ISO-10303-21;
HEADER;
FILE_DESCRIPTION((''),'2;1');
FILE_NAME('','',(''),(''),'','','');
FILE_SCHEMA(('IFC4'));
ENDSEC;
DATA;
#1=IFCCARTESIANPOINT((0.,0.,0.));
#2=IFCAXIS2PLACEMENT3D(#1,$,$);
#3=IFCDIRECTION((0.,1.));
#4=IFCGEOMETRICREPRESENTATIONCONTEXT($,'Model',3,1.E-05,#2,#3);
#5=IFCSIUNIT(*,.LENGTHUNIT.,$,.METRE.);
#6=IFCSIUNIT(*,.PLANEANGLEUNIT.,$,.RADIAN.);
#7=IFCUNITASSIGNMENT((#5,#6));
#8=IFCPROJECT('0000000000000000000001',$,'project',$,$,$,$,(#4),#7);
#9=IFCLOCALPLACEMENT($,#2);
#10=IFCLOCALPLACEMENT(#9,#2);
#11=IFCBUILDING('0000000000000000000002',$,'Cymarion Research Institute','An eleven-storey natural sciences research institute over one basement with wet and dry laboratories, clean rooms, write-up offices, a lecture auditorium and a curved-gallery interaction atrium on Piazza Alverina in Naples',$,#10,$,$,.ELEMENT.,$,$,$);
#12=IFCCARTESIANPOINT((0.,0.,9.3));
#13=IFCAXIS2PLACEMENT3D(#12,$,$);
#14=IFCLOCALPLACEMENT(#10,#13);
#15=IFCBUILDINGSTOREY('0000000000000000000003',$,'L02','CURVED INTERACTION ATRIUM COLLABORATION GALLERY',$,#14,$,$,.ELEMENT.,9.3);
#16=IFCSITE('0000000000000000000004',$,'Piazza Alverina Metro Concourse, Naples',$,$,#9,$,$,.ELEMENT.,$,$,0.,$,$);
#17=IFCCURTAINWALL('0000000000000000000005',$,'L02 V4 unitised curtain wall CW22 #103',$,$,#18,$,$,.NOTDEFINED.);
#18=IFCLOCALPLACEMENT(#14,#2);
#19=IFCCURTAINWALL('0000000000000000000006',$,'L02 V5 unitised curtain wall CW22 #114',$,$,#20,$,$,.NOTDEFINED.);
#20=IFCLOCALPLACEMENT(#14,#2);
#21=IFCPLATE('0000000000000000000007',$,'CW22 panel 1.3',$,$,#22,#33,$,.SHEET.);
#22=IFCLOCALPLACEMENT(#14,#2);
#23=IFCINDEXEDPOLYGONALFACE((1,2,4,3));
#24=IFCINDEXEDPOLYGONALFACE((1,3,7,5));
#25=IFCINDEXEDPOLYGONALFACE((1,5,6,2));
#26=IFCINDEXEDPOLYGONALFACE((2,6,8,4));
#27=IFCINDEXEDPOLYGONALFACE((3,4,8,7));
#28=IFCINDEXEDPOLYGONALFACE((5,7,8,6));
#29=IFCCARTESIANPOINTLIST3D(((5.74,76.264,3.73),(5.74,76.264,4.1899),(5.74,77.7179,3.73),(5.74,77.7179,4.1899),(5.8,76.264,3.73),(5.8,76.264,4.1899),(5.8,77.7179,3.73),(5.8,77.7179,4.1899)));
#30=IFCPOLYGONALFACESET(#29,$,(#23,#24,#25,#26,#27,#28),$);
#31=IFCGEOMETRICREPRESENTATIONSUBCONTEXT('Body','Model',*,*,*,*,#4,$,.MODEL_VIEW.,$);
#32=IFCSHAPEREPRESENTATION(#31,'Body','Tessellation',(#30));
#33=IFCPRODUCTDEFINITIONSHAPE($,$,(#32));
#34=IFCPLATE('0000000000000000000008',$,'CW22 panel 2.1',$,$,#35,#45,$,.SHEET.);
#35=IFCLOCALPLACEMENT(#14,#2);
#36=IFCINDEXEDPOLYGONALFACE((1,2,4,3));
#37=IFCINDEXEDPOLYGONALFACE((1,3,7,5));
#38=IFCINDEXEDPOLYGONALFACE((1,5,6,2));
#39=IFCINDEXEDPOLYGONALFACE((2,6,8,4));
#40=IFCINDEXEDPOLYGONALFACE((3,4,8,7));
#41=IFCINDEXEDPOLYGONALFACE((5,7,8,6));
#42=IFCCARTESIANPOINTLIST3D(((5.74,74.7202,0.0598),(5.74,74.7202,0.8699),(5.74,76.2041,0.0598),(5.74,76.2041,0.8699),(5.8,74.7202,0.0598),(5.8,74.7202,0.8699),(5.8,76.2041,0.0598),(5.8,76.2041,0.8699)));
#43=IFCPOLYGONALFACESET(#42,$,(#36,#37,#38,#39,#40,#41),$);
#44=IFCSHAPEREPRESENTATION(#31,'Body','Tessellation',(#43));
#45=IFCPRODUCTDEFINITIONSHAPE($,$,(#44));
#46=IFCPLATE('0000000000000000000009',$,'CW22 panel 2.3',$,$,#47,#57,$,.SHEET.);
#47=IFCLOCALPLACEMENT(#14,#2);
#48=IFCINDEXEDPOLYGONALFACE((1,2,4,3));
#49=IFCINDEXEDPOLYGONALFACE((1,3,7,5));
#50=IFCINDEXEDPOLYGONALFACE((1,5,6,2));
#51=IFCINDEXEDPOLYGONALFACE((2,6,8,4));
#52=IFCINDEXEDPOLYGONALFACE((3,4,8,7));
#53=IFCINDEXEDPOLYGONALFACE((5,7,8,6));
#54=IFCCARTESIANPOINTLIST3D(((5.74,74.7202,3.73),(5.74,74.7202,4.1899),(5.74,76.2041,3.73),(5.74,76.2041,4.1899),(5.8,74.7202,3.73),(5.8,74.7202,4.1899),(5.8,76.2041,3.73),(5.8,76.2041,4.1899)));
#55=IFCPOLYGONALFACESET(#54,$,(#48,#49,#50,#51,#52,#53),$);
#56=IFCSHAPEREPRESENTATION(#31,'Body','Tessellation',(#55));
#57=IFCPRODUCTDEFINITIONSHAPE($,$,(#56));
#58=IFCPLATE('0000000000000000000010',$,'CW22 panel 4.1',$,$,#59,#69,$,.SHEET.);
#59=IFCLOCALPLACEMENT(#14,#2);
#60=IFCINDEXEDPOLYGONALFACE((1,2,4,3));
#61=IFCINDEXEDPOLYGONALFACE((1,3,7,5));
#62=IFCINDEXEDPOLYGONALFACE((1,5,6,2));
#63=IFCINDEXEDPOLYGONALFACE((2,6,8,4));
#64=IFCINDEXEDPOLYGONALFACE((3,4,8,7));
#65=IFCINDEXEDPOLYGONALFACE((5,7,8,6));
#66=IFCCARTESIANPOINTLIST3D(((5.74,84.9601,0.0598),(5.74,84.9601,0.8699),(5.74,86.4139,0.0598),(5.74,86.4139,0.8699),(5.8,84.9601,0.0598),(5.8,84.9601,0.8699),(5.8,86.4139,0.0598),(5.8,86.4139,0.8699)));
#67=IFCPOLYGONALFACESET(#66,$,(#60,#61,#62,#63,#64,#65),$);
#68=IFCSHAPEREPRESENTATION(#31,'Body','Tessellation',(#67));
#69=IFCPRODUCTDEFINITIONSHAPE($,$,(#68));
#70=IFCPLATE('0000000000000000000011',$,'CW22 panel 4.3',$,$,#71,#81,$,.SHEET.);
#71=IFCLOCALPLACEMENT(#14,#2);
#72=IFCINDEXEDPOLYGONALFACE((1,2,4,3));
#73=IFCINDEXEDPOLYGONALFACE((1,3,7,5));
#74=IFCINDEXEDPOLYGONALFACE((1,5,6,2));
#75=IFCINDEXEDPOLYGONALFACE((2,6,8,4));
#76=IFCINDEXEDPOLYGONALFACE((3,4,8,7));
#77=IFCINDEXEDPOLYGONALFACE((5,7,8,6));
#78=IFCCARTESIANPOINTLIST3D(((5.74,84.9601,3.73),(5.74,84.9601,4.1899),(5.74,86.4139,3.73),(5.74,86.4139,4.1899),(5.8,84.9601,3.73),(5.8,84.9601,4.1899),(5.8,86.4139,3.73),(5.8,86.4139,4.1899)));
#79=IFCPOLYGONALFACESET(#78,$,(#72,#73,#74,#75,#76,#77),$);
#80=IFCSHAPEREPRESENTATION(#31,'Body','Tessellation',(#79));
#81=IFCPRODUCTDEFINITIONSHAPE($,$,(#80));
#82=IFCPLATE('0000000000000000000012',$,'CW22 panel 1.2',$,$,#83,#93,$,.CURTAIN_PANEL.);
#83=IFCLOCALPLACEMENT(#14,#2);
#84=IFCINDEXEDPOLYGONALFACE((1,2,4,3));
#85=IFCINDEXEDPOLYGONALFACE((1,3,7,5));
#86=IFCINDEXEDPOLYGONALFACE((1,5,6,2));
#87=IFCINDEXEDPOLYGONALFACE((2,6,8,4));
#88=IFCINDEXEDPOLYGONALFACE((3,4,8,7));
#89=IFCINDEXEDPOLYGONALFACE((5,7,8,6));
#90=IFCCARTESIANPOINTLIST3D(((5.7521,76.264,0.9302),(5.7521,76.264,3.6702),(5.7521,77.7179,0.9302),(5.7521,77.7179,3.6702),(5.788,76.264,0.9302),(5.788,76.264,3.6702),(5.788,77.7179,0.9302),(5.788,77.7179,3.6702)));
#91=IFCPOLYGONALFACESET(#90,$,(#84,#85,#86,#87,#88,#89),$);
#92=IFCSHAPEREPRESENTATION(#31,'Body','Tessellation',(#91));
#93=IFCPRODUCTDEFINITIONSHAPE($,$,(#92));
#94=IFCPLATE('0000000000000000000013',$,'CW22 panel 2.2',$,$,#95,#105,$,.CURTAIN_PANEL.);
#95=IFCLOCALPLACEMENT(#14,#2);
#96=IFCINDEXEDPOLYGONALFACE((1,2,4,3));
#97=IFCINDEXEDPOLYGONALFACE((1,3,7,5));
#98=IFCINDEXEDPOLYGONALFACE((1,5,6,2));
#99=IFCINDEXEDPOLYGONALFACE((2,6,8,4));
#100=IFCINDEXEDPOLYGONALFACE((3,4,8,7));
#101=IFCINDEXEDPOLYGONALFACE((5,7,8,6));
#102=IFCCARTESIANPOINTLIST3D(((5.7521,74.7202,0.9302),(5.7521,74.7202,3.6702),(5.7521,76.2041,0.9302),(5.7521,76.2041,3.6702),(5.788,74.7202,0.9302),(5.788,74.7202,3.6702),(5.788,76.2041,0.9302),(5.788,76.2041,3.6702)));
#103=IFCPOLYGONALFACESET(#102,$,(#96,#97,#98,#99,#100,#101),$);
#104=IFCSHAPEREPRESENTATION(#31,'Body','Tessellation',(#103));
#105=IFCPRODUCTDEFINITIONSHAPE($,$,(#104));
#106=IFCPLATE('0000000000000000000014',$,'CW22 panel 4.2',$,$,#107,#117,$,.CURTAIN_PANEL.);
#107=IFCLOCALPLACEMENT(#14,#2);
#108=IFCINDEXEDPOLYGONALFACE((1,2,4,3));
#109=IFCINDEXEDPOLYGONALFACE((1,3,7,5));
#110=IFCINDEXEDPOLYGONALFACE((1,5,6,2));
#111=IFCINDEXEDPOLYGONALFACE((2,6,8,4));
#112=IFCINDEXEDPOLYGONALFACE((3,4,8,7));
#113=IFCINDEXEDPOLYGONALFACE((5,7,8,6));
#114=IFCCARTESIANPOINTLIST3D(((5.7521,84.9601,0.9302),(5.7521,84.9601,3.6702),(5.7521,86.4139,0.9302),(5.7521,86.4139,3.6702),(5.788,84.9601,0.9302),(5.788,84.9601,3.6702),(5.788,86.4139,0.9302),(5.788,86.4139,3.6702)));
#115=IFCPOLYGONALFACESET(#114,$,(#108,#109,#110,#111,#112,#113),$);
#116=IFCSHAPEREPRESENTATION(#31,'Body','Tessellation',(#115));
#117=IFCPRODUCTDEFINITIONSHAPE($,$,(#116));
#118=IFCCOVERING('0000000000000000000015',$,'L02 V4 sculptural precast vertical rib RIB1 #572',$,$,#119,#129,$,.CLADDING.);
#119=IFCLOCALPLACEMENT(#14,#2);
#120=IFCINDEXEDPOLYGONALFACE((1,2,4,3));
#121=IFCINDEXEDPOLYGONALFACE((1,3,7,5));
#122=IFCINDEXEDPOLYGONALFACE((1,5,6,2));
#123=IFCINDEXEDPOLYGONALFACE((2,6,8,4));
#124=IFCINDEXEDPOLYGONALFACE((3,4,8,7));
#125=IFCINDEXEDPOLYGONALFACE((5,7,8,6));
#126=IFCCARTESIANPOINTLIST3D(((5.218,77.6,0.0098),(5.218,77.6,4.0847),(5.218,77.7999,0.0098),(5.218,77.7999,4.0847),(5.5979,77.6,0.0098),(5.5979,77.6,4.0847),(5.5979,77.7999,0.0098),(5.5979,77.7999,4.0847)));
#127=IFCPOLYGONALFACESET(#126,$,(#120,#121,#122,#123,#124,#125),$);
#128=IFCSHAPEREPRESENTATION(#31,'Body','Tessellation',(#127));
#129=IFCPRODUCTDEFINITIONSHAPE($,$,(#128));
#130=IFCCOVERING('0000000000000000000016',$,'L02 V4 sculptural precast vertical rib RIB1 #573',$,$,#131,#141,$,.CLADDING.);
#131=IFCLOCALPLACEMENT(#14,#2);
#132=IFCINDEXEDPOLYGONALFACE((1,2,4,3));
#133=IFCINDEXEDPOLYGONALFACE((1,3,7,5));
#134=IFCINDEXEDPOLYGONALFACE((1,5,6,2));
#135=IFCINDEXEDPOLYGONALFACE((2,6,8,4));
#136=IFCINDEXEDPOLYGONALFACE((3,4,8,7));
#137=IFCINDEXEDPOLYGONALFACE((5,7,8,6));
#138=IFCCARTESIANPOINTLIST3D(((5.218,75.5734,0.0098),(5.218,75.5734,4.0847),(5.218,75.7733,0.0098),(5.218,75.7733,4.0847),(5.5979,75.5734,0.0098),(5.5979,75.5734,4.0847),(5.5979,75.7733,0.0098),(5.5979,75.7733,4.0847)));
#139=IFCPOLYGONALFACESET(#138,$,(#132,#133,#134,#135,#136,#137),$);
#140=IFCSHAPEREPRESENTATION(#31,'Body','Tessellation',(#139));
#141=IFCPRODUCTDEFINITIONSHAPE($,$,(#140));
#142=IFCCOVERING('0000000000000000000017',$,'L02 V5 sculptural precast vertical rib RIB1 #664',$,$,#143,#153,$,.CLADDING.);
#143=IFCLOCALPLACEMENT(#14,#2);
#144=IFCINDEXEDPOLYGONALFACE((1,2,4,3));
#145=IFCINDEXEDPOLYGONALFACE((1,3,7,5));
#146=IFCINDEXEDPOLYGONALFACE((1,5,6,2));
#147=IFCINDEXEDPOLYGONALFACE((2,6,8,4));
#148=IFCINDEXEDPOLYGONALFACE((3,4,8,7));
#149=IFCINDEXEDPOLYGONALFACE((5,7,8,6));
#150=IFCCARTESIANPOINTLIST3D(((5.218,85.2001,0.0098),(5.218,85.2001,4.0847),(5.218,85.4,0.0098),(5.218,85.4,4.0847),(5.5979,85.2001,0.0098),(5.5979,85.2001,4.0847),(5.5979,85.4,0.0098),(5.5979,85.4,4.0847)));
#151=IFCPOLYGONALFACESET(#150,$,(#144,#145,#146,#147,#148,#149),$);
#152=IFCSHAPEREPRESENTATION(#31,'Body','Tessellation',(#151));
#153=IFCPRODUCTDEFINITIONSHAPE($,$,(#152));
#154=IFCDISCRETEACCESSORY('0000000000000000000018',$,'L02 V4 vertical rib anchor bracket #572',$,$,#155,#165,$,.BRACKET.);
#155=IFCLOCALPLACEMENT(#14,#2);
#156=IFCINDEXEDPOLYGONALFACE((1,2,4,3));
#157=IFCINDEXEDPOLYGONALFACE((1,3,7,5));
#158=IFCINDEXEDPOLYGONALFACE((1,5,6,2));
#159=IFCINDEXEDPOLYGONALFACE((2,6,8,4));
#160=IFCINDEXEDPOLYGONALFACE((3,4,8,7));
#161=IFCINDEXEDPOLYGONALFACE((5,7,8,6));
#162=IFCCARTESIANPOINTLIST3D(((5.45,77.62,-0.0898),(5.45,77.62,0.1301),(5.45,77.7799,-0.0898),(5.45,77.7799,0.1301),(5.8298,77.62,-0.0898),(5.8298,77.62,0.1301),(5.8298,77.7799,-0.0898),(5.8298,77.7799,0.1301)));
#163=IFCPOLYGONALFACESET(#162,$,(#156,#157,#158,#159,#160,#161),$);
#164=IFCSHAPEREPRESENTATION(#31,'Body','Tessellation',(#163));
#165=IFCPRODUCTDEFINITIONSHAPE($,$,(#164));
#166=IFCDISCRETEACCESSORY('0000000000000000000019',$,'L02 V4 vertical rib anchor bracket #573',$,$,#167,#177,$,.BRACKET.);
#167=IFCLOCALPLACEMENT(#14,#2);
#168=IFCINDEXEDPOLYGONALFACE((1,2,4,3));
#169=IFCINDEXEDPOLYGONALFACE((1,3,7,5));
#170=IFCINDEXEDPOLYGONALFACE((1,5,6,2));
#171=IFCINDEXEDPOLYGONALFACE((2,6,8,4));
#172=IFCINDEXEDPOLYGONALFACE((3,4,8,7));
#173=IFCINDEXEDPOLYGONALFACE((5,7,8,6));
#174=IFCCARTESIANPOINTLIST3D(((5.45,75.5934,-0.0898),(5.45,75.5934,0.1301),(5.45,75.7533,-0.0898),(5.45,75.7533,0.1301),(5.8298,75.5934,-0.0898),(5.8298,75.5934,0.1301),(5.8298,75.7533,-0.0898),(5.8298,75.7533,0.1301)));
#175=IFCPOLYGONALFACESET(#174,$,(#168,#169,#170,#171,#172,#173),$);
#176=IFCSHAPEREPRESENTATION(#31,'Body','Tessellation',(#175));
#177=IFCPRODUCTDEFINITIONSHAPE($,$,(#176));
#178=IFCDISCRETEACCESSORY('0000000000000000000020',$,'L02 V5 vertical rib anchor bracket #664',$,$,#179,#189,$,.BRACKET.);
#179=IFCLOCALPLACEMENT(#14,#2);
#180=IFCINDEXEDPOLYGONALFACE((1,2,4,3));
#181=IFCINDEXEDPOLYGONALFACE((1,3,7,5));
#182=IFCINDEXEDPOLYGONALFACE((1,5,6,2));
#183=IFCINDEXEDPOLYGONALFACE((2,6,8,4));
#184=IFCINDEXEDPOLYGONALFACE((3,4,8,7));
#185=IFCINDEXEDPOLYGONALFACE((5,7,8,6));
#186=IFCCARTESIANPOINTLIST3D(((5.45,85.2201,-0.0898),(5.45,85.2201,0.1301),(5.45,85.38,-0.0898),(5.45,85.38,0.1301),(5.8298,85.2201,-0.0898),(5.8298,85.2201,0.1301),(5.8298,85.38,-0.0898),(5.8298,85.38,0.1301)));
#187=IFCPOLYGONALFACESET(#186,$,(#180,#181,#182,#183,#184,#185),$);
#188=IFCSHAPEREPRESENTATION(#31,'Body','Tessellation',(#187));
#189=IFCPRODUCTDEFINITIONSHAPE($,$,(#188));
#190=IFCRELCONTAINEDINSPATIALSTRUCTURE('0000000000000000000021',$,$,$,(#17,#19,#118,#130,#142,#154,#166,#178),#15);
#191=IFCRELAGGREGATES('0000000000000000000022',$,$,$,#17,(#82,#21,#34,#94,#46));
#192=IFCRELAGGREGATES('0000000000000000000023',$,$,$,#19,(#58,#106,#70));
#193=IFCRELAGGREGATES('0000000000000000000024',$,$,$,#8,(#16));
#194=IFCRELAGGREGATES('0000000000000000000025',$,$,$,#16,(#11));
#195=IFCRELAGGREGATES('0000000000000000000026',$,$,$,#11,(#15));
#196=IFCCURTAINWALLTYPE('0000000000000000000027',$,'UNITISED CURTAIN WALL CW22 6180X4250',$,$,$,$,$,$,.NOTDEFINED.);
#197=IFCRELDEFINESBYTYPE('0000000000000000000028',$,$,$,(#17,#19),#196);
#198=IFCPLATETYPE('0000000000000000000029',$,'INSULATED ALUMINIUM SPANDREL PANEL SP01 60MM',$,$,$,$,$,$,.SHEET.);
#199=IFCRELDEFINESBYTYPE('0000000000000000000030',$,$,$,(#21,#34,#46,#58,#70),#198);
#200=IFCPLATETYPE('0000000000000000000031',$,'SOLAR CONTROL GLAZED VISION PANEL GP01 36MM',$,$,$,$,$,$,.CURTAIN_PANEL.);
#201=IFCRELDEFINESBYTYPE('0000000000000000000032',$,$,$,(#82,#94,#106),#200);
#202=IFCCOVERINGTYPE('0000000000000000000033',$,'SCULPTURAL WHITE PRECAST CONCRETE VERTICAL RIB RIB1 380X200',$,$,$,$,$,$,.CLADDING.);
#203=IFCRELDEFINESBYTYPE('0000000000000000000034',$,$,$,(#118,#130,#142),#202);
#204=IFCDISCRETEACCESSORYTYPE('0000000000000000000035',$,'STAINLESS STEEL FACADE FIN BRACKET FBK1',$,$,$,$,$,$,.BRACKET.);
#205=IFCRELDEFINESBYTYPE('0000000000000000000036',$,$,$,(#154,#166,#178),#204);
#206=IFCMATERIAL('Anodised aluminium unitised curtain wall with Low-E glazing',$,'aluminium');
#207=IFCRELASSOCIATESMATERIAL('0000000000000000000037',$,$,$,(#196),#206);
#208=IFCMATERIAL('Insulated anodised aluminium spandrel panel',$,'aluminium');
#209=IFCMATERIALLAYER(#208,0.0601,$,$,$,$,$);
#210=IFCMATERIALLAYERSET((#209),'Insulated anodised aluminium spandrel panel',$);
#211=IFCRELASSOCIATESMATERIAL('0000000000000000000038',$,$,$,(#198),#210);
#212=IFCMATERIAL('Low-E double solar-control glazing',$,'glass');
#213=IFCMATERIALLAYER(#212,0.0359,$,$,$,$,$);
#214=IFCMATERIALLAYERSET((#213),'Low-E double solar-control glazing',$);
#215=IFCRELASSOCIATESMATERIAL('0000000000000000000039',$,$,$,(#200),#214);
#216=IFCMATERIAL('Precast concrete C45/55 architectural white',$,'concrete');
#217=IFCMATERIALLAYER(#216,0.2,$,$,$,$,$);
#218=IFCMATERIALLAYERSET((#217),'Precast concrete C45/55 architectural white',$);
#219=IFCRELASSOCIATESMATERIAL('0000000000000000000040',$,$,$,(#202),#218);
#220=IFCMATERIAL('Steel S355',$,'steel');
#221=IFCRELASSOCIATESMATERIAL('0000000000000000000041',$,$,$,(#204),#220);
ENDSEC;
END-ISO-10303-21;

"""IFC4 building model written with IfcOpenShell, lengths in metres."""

from ifc_helpers import new_model, si_unit, direction, frame, origin, origin_2d, place, context, subcontext, project, spatial, rectangle, extrude, material, layer, layer_set, type_object, element, aggregate, save


model = new_model("IFC4")

# Units and contexts
model_context = context("Model", 3, precision=1e-05, world=origin(), true_north=direction((0.0, 1.0)))
body_context = subcontext(model_context, "Body", "Model", "MODEL_VIEW")
ifc_project = project(units=[si_unit("LENGTHUNIT", "METRE"), si_unit("PLANEANGLEUNIT", "RADIAN")], contexts=[model_context])

# Site, building, storey
site_placement = place(None, origin())
site = spatial("IfcSite", under=ifc_project, at=site_placement, Name="Piazza Alverina Metro Concourse, Naples", CompositionType="ELEMENT", RefElevation=0.0)
building_placement = place(site_placement, origin())
building = spatial("IfcBuilding", under=site, at=building_placement, Name="Cymarion Research Institute", Description="An eleven-storey natural sciences research institute over one basement with wet and dry laboratories, clean rooms, write-up offices, a lecture auditorium and a curved-gallery interaction atrium on Piazza Alverina in Naples", CompositionType="ELEMENT")
storey_placement = place(building_placement, frame((0.0, 0.0, 9.3)))
storey = spatial("IfcBuildingStorey", under=building, at=storey_placement, Name="L02", Description="CURVED INTERACTION ATRIUM COLLABORATION GALLERY", CompositionType="ELEMENT", Elevation=9.3)

# Curtain wall
ifc_material_1 = material(Name="Anodised aluminium unitised curtain wall with Low-E glazing", Category="aluminium")
curtain_wall_type = type_object("IfcCurtainWallType", Name="UNITISED CURTAIN WALL CW22 6180X4250", PredefinedType="NOTDEFINED", material=ifc_material_1)
curtain_wall_1_placement = place(storey_placement, origin())
curtain_wall_1 = element("IfcCurtainWall", 1, at=curtain_wall_1_placement, inside=storey, type_object=curtain_wall_type, Name="L02 V4 unitised curtain wall CW22 #103", PredefinedType="NOTDEFINED")

# Curtain wall
curtain_wall_2_placement = place(storey_placement, origin())
curtain_wall_2 = element("IfcCurtainWall", 2, at=curtain_wall_2_placement, inside=storey, type_object=curtain_wall_type, Name="L02 V5 unitised curtain wall CW22 #114", PredefinedType="NOTDEFINED")

# Plates
ifc_material_2 = material(Name="Insulated anodised aluminium spandrel panel", Category="aluminium")
ifc_layer_1 = layer(ifc_material_2, 0.0601)
ifc_layer_set_1 = layer_set([ifc_layer_1], Name="Insulated anodised aluminium spandrel panel")
plate_type_1 = type_object("IfcPlateType", Name="INSULATED ALUMINIUM SPANDREL PANEL SP01 60MM", PredefinedType="SHEET", material=ifc_layer_set_1)
plate_1_placement = place(storey_placement, frame((5.77, 76.991, 3.73), z_axis=(0.0, 0.0, 1.0), x_axis=(0.0, -1.0, 0.0)))
plate_1 = element("IfcPlate", 3, at=plate_1_placement, type_object=plate_type_1, Name="CW22 panel 1.3", PredefinedType="SHEET", context=body_context, shape_type="SweptSolid", body=[
    extrude(rectangle(XDim=1.4539, YDim=0.0601, at=origin_2d()), origin(), (0.0, 0.0, 1.0), 0.46),
])
plate_2_placement = place(storey_placement, frame((5.77, 75.4622, 0.0598), z_axis=(0.0, 0.0, 1.0), x_axis=(0.0, -1.0, 0.0)))
plate_2 = element("IfcPlate", 4, at=plate_2_placement, type_object=plate_type_1, Name="CW22 panel 2.1", PredefinedType="SHEET", context=body_context, shape_type="SweptSolid", body=[
    extrude(rectangle(XDim=1.4839, YDim=0.0601, at=origin_2d()), origin(), (0.0, 0.0, 1.0), 0.8101),
])
plate_3_placement = place(storey_placement, frame((5.77, 75.4622, 3.73), z_axis=(0.0, 0.0, 1.0), x_axis=(0.0, -1.0, 0.0)))
plate_3 = element("IfcPlate", 5, at=plate_3_placement, type_object=plate_type_1, Name="CW22 panel 2.3", PredefinedType="SHEET", context=body_context, shape_type="SweptSolid", body=[
    extrude(rectangle(XDim=1.4839, YDim=0.0601, at=origin_2d()), origin(), (0.0, 0.0, 1.0), 0.46),
])
plate_4_placement = place(storey_placement, frame((5.77, 85.687, 0.0598), z_axis=(0.0, 0.0, 1.0), x_axis=(0.0, -1.0, 0.0)))
plate_4 = element("IfcPlate", 6, at=plate_4_placement, type_object=plate_type_1, Name="CW22 panel 4.1", PredefinedType="SHEET", context=body_context, shape_type="SweptSolid", body=[
    extrude(rectangle(XDim=1.4539, YDim=0.0601, at=origin_2d()), origin(), (0.0, 0.0, 1.0), 0.8101),
])
plate_5_placement = place(storey_placement, frame((5.77, 85.687, 3.73), z_axis=(0.0, 0.0, 1.0), x_axis=(0.0, -1.0, 0.0)))
plate_5 = element("IfcPlate", 7, at=plate_5_placement, type_object=plate_type_1, Name="CW22 panel 4.3", PredefinedType="SHEET", context=body_context, shape_type="SweptSolid", body=[
    extrude(rectangle(XDim=1.4539, YDim=0.0601, at=origin_2d()), origin(), (0.0, 0.0, 1.0), 0.46),
])
ifc_material_3 = material(Name="Low-E double solar-control glazing", Category="glass")
ifc_layer_2 = layer(ifc_material_3, 0.0359)
ifc_layer_set_2 = layer_set([ifc_layer_2], Name="Low-E double solar-control glazing")
plate_type_2 = type_object("IfcPlateType", Name="SOLAR CONTROL GLAZED VISION PANEL GP01 36MM", PredefinedType="CURTAIN_PANEL", material=ifc_layer_set_2)
plate_6_placement = place(storey_placement, frame((5.77, 76.991, 0.9302), z_axis=(0.0, 0.0, 1.0), x_axis=(0.0, -1.0, 0.0)))
plate_6 = element("IfcPlate", 8, at=plate_6_placement, type_object=plate_type_2, Name="CW22 panel 1.2", PredefinedType="CURTAIN_PANEL", context=body_context, shape_type="SweptSolid", body=[
    extrude(rectangle(XDim=1.4539, YDim=0.0359, at=origin_2d()), origin(), (0.0, 0.0, 1.0), 2.74),
])
plate_7_placement = place(storey_placement, frame((5.77, 75.4622, 0.9302), z_axis=(0.0, 0.0, 1.0), x_axis=(0.0, -1.0, 0.0)))
plate_7 = element("IfcPlate", 9, at=plate_7_placement, type_object=plate_type_2, Name="CW22 panel 2.2", PredefinedType="CURTAIN_PANEL", context=body_context, shape_type="SweptSolid", body=[
    extrude(rectangle(XDim=1.4839, YDim=0.0359, at=origin_2d()), origin(), (0.0, 0.0, 1.0), 2.74),
])
aggregate(curtain_wall_1, [plate_6, plate_1, plate_2, plate_7, plate_3])
plate_8_placement = place(storey_placement, frame((5.77, 85.687, 0.9302), z_axis=(0.0, 0.0, 1.0), x_axis=(0.0, -1.0, 0.0)))
plate_8 = element("IfcPlate", 10, at=plate_8_placement, type_object=plate_type_2, Name="CW22 panel 4.2", PredefinedType="CURTAIN_PANEL", context=body_context, shape_type="SweptSolid", body=[
    extrude(rectangle(XDim=1.4539, YDim=0.0359, at=origin_2d()), origin(), (0.0, 0.0, 1.0), 2.74),
])
aggregate(curtain_wall_2, [plate_4, plate_8, plate_5])

# Coverings
ifc_material_4 = material(Name="Precast concrete C45/55 architectural white", Category="concrete")
ifc_layer_3 = layer(ifc_material_4, 0.2)
ifc_layer_set_3 = layer_set([ifc_layer_3], Name="Precast concrete C45/55 architectural white")
covering_type = type_object("IfcCoveringType", Name="SCULPTURAL WHITE PRECAST CONCRETE VERTICAL RIB RIB1 380X200", PredefinedType="CLADDING", material=ifc_layer_set_3)
for number, where, z_axis, x_axis, name in (
    (11, (5.408, 77.7, 0.0098), (0.0, 0.0, 1.0), (-1.0, 0.0, 0.0), "L02 V4 sculptural precast vertical rib RIB1 #572"),
    (12, (5.408, 75.6733, 0.0098), (0.0, 0.0, 1.0), (-1.0, 0.0, 0.0), "L02 V4 sculptural precast vertical rib RIB1 #573"),
    (13, (5.408, 85.3, 0.0098), (0.0, 0.0, 1.0), (-1.0, 0.0, 0.0), "L02 V5 sculptural precast vertical rib RIB1 #664"),
):
    element("IfcCovering", number, at=place(storey_placement, frame(where, z_axis=z_axis, x_axis=x_axis)), inside=storey, type_object=covering_type, Name=name, PredefinedType="CLADDING", context=body_context, shape_type="SweptSolid", body=[
        extrude(rectangle(XDim=0.3799, YDim=0.2, at=origin_2d()), origin(), (0.0, 0.0, 1.0), 4.075),
    ])

# Discrete accessories
ifc_material_5 = material(Name="Steel S355", Category="steel")
discrete_accessory_type = type_object("IfcDiscreteAccessoryType", Name="STAINLESS STEEL FACADE FIN BRACKET FBK1", PredefinedType="BRACKET", material=ifc_material_5)
for number, where, z_axis, x_axis, name in (
    (14, (5.6399, 77.7, -0.0898), (0.0, 0.0, 1.0), (-1.0, 0.0, 0.0), "L02 V4 vertical rib anchor bracket #572"),
    (15, (5.6399, 75.6733, -0.0898), (0.0, 0.0, 1.0), (-1.0, 0.0, 0.0), "L02 V4 vertical rib anchor bracket #573"),
    (16, (5.6399, 85.3, -0.0898), (0.0, 0.0, 1.0), (-1.0, 0.0, 0.0), "L02 V5 vertical rib anchor bracket #664"),
):
    element("IfcDiscreteAccessory", number, at=place(storey_placement, frame(where, z_axis=z_axis, x_axis=x_axis)), inside=storey, type_object=discrete_accessory_type, Name=name, PredefinedType="BRACKET", context=body_context, shape_type="SweptSolid", body=[
        extrude(rectangle(XDim=0.3799, YDim=0.1599, at=origin_2d()), origin(), (0.0, 0.0, 1.0), 0.22),
    ])

save(model, "model.ifc")
